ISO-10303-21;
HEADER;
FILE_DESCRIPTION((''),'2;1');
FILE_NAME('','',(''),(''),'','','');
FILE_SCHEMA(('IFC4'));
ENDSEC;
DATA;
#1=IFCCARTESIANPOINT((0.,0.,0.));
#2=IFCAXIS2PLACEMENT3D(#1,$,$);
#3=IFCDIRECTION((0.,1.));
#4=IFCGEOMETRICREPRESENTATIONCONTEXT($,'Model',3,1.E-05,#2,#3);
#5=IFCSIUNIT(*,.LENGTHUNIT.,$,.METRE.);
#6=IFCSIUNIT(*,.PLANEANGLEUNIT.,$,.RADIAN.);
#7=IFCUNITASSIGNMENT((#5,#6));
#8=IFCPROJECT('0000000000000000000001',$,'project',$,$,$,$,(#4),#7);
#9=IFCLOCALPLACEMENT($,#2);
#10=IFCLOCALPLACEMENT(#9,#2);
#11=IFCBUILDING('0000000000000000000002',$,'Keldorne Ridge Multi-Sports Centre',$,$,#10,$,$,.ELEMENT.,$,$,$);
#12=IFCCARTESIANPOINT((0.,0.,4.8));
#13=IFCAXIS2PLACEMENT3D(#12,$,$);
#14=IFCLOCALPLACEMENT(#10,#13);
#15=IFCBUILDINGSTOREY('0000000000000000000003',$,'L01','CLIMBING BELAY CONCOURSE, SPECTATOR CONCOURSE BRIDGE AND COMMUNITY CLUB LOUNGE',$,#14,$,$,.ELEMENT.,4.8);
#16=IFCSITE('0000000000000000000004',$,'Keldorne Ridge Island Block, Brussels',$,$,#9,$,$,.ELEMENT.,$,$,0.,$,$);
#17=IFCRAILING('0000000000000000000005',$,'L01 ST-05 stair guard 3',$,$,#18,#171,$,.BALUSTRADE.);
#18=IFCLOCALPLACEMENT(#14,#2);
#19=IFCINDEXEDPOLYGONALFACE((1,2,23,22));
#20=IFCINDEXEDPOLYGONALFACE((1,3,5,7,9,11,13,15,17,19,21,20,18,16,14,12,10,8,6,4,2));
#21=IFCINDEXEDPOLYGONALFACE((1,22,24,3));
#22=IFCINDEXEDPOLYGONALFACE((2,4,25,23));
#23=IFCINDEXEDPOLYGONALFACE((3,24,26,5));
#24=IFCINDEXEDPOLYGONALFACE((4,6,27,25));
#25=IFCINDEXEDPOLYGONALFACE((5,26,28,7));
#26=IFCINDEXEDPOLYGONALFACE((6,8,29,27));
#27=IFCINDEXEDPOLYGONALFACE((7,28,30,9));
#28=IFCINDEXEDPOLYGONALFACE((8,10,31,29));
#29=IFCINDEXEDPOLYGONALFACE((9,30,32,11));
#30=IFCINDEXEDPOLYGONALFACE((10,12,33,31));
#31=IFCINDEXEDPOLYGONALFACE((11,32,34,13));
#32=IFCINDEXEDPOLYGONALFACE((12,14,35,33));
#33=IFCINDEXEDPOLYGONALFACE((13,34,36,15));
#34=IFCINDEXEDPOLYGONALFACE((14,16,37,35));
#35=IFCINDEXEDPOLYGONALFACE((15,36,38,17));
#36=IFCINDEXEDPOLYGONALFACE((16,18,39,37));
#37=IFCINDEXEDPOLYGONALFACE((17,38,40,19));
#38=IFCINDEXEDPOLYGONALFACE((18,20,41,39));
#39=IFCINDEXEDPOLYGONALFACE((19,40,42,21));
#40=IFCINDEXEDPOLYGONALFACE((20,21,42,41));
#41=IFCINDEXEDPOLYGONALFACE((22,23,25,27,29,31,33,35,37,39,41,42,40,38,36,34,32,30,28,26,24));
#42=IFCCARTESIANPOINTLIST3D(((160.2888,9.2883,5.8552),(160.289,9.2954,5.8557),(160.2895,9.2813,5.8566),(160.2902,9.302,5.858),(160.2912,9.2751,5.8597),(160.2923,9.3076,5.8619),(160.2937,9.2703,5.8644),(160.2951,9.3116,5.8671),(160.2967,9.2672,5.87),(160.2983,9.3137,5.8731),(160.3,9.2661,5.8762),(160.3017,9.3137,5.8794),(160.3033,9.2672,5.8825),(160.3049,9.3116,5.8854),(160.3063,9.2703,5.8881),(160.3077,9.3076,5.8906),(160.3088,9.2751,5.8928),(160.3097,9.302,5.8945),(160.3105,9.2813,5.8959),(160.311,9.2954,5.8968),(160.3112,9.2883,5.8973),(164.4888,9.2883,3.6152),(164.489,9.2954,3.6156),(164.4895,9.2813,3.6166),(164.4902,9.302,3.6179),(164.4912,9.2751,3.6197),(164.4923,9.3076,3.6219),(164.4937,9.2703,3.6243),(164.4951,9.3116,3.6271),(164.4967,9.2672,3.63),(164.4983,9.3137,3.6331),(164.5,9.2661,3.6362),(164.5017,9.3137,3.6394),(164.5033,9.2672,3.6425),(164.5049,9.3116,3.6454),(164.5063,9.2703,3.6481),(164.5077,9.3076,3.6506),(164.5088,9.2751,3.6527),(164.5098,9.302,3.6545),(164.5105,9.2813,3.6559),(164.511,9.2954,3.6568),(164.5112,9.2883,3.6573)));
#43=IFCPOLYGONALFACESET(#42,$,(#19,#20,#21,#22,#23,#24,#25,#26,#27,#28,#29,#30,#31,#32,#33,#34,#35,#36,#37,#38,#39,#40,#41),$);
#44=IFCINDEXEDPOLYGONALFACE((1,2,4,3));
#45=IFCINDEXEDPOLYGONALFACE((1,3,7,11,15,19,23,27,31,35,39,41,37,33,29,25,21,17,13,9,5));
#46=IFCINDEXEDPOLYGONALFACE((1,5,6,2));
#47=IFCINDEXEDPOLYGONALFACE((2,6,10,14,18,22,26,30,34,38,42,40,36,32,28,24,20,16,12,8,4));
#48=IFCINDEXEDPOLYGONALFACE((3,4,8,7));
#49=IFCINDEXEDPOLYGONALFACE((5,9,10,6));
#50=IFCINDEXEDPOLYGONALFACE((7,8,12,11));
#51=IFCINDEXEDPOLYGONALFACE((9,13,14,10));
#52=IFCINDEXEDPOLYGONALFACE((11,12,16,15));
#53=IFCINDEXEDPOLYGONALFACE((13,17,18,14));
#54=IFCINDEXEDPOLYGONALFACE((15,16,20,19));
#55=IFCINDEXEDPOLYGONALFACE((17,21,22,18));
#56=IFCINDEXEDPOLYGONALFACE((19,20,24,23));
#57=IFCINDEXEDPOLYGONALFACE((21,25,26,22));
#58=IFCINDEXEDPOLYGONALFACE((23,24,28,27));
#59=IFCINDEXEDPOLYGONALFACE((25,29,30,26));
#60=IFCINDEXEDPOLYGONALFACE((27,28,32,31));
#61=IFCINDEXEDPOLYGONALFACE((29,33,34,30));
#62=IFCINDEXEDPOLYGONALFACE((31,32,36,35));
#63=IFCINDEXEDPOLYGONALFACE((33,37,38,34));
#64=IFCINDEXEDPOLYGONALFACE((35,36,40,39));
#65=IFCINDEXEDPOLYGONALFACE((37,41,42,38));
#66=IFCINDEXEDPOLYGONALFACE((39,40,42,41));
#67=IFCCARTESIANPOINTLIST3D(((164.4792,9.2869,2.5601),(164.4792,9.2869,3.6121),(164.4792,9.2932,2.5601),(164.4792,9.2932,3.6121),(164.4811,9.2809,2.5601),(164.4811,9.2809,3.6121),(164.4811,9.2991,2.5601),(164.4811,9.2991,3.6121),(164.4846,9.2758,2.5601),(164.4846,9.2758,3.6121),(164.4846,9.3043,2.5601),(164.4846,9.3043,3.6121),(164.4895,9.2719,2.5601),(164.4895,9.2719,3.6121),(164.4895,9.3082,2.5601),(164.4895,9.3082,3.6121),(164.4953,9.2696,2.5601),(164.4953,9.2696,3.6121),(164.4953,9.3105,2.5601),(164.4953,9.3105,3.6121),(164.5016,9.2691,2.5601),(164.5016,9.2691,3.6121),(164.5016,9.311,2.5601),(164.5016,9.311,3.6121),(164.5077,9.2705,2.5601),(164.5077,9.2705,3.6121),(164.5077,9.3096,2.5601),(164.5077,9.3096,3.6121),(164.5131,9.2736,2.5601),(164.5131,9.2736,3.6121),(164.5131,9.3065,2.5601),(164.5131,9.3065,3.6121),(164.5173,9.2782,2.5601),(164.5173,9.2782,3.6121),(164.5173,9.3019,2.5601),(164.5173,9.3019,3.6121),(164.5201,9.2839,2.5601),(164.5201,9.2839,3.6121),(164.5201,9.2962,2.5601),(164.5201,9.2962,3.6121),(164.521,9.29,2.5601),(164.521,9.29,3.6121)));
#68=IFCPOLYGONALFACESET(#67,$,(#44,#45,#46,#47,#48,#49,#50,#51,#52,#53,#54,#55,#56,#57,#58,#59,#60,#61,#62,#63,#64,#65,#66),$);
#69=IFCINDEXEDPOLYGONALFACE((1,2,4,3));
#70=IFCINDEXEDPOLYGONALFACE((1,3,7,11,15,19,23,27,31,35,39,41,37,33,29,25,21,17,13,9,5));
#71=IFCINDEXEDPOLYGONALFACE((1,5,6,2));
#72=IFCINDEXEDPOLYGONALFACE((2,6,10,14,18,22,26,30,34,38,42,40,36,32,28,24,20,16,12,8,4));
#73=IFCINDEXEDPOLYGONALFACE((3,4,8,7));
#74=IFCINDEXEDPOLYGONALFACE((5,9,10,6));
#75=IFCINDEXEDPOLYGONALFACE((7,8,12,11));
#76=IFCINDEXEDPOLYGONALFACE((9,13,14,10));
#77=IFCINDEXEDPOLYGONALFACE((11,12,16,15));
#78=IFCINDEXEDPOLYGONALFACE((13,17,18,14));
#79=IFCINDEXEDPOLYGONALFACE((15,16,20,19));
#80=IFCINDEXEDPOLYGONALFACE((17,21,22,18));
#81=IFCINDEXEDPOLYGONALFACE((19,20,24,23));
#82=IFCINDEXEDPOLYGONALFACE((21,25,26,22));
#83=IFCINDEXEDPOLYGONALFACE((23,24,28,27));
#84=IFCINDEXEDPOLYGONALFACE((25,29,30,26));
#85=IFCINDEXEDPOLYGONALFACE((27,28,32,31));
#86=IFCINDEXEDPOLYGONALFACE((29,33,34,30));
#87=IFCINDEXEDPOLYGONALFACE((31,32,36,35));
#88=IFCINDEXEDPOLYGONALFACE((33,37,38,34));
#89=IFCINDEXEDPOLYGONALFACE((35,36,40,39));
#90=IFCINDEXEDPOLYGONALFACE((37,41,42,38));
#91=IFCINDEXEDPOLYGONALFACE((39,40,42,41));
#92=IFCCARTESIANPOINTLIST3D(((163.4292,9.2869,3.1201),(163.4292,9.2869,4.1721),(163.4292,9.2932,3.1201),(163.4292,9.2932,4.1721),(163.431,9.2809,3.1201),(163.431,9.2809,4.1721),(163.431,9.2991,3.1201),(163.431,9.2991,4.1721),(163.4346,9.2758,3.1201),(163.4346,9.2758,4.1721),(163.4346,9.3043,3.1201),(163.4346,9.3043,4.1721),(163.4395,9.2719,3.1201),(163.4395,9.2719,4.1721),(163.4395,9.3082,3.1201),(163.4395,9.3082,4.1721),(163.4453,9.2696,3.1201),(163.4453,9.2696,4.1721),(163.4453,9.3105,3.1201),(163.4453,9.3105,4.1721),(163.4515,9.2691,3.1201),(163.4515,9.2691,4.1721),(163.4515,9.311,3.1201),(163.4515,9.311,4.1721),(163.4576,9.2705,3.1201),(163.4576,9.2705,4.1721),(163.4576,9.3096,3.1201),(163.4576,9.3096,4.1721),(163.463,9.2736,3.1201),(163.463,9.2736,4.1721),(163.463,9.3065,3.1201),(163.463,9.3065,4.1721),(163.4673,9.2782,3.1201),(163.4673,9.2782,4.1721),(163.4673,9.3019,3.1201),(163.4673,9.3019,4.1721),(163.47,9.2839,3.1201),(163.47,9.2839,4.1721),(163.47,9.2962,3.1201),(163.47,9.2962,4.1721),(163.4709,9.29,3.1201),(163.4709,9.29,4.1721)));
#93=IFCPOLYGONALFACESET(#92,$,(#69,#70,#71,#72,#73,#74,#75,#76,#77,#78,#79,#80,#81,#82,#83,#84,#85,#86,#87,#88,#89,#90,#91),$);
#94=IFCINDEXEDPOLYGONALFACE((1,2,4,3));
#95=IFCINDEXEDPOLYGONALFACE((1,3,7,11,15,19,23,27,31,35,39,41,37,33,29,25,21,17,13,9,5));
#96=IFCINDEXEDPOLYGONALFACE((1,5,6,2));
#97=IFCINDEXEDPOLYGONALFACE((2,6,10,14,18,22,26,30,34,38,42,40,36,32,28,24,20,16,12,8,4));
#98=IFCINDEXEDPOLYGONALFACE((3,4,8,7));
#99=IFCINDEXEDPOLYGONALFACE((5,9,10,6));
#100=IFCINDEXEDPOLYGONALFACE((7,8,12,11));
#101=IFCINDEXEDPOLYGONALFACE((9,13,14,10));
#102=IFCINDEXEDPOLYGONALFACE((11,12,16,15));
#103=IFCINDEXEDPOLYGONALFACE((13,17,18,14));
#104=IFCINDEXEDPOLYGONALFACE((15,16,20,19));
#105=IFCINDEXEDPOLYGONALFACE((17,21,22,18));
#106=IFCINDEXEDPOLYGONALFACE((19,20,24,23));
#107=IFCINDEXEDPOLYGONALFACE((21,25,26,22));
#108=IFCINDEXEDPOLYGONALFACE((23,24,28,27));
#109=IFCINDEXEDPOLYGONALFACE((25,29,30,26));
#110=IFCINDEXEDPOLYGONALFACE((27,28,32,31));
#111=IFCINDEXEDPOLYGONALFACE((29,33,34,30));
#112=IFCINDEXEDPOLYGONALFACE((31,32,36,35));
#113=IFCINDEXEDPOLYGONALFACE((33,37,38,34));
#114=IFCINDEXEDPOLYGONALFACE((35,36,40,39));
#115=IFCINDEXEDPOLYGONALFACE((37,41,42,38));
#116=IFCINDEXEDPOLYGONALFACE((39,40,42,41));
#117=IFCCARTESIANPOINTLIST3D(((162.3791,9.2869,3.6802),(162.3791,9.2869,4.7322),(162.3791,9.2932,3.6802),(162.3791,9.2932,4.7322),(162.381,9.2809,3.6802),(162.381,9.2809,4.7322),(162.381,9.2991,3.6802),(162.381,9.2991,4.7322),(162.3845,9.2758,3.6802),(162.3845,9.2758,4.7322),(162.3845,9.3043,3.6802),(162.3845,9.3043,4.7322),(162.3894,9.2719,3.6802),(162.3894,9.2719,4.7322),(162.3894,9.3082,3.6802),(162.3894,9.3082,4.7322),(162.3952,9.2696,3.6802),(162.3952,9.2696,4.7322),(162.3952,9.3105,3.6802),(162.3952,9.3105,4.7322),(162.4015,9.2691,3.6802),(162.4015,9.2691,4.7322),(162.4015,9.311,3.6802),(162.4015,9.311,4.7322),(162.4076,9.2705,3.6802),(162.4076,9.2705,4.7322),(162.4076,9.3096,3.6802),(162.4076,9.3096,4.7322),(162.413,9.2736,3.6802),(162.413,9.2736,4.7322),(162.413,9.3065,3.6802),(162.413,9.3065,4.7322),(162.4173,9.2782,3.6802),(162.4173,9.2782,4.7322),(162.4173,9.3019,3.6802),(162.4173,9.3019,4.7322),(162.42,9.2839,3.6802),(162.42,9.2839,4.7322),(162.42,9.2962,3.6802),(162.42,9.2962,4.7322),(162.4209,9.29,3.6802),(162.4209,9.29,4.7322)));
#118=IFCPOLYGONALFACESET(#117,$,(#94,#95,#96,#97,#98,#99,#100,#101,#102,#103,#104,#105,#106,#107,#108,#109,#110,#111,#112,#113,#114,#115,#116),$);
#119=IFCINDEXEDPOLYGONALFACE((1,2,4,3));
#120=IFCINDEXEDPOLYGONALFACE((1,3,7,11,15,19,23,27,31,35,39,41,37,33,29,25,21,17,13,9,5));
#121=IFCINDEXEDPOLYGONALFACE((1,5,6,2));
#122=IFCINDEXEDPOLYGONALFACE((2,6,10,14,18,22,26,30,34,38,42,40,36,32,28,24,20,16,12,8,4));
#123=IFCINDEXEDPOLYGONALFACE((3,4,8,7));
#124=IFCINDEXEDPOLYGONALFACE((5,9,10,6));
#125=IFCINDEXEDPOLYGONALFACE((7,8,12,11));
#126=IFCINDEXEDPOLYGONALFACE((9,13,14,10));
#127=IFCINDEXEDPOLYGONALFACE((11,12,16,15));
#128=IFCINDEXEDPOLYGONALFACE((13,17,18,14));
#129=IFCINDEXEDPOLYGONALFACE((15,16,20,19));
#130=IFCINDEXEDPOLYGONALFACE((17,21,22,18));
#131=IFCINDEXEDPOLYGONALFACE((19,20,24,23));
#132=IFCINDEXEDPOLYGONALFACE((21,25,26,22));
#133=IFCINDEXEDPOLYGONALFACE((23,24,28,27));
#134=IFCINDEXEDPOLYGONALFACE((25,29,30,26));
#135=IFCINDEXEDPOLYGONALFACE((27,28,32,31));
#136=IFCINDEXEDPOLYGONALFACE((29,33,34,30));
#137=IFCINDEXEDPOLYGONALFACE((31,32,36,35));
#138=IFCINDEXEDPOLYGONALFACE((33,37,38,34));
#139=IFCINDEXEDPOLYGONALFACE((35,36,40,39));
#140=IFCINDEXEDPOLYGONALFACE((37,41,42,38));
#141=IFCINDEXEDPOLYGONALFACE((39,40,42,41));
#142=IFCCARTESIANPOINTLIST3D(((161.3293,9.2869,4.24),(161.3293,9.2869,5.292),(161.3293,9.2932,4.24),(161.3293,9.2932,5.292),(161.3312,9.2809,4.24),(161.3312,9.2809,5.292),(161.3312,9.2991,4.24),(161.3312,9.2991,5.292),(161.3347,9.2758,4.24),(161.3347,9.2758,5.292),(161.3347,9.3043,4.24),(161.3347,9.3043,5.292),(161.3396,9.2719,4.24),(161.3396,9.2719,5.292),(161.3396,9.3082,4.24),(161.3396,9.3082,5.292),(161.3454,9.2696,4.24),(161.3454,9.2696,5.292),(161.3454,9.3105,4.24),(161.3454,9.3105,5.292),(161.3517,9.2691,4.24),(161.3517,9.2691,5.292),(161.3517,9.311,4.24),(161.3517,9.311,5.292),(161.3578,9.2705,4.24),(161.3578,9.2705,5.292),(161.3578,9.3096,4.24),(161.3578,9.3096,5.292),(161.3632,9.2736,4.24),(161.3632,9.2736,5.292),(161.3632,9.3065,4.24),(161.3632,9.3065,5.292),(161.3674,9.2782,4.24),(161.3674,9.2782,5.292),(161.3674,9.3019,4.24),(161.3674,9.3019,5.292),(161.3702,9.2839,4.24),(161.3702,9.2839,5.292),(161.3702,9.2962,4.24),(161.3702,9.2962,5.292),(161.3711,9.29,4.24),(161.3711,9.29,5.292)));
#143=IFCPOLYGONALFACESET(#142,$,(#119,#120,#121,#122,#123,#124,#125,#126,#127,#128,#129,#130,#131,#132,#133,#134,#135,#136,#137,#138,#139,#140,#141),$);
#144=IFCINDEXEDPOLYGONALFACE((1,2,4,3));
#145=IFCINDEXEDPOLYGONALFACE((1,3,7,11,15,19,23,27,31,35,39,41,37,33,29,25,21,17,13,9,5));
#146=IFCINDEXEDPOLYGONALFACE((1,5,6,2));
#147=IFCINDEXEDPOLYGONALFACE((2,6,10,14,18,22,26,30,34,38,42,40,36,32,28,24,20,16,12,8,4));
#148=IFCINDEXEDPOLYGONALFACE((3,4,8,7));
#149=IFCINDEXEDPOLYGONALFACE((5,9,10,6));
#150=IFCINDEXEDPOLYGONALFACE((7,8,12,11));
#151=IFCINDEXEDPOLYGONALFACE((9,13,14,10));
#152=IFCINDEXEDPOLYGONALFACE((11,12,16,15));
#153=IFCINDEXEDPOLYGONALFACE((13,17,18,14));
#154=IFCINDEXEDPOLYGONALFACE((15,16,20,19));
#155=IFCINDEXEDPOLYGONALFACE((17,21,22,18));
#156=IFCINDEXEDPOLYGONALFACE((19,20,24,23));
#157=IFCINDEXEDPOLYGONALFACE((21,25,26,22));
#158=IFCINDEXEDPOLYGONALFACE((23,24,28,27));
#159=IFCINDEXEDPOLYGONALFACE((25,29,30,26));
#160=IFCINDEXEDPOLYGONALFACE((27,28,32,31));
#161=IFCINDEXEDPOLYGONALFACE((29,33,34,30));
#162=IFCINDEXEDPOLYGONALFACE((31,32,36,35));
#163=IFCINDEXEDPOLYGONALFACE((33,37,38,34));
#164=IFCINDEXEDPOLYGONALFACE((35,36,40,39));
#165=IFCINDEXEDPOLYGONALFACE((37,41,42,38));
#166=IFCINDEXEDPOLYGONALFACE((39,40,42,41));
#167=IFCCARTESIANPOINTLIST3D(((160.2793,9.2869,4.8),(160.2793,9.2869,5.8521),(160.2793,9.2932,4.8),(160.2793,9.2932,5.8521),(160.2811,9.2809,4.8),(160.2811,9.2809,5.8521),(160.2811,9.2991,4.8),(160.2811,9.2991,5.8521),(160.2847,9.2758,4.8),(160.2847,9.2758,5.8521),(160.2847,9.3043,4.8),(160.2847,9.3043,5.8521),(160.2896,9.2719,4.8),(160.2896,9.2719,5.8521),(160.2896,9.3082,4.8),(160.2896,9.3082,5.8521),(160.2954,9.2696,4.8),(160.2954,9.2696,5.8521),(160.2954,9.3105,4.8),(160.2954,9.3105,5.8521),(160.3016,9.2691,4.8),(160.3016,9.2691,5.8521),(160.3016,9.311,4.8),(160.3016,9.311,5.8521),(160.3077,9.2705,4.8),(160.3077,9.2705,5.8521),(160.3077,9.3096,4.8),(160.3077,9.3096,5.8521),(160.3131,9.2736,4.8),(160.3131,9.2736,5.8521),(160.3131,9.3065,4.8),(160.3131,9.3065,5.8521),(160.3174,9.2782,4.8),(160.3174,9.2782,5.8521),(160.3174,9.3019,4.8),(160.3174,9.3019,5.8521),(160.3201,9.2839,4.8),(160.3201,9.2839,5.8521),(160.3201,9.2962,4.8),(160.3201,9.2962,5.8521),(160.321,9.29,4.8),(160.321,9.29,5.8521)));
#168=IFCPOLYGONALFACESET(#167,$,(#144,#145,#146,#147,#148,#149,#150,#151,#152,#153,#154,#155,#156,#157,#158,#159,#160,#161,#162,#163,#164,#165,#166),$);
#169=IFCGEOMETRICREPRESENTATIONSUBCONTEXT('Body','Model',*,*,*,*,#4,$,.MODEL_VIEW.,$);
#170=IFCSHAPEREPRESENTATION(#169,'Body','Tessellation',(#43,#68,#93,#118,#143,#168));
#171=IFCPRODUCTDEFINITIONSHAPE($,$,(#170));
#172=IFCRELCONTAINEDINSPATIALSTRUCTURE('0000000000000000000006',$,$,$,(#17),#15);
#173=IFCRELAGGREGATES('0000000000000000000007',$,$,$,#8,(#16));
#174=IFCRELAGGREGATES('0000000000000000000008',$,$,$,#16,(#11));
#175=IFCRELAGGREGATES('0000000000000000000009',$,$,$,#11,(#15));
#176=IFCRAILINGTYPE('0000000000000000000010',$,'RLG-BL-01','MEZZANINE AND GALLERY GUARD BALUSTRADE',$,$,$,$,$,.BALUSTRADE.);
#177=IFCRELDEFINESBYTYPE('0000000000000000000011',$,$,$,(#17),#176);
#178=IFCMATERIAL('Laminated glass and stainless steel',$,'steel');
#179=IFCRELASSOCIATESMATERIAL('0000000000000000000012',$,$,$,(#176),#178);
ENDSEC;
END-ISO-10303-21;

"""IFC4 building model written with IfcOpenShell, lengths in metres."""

from ifc_helpers import new_model, si_unit, direction, frame, origin, origin_2d, place, context, subcontext, project, spatial, circle, extrude, material, type_object, element, save


model = new_model("IFC4")

# Units and contexts
model_context = context("Model", 3, precision=1e-05, world=origin(), true_north=direction((0.0, 1.0)))
body_context = subcontext(model_context, "Body", "Model", "MODEL_VIEW")
ifc_project = project(units=[si_unit("LENGTHUNIT", "METRE"), si_unit("PLANEANGLEUNIT", "RADIAN")], contexts=[model_context])

# Site, building, storey
site_placement = place(None, origin())
site = spatial("IfcSite", under=ifc_project, at=site_placement, Name="Keldorne Ridge Island Block, Brussels", CompositionType="ELEMENT", RefElevation=0.0)
building_placement = place(site_placement, origin())
building = spatial("IfcBuilding", under=site, at=building_placement, Name="Keldorne Ridge Multi-Sports Centre", CompositionType="ELEMENT")
storey_placement = place(building_placement, frame((0.0, 0.0, 4.8)))
storey = spatial("IfcBuildingStorey", under=building, at=storey_placement, Name="L01", Description="CLIMBING BELAY CONCOURSE, SPECTATOR CONCOURSE BRIDGE AND COMMUNITY CLUB LOUNGE", CompositionType="ELEMENT", Elevation=4.8)

# Railing
ifc_material_1 = material(Name="Laminated glass and stainless steel", Category="steel")
railing_type_1 = type_object("IfcRailingType", Name="RLG-BL-01", Description="MEZZANINE AND GALLERY GUARD BALUSTRADE", PredefinedType="BALUSTRADE", material=ifc_material_1)
railing_1_placement = place(storey_placement, frame((164.5, 9.29, 2.5601)))
element("IfcRailing", 1, at=railing_1_placement, inside=storey, type_object=railing_type_1, Name="L01 ST-05 stair guard 3", PredefinedType="BALUSTRADE", context=body_context, shape_type="SweptSolid", body=[
    extrude(circle(Radius=0.0239, at=origin_2d()), frame((0.0, 0.0, 1.0762), z_axis=(-0.882352, 0.0, 0.470591), x_axis=(0.0, -1.0, 0.0)), (0.0, 0.0, 1.0), 4.76),
    extrude(circle(Radius=0.021, at=origin_2d()), origin(), (0.0, 0.0, 1.0), 1.052),
    extrude(circle(Radius=0.021, at=origin_2d()), frame((-1.05, 0.0, 0.5601)), (0.0, 0.0, 1.0), 1.052),
    extrude(circle(Radius=0.021, at=origin_2d()), frame((-2.1001, 0.0, 1.1201)), (0.0, 0.0, 1.0), 1.052),
    extrude(circle(Radius=0.021, at=origin_2d()), frame((-3.1499, 0.0, 1.6799)), (0.0, 0.0, 1.0), 1.052),
    extrude(circle(Radius=0.021, at=origin_2d()), frame((-4.2, 0.0, 2.24)), (0.0, 0.0, 1.0), 1.052),
])

save(model, "model.ifc")
